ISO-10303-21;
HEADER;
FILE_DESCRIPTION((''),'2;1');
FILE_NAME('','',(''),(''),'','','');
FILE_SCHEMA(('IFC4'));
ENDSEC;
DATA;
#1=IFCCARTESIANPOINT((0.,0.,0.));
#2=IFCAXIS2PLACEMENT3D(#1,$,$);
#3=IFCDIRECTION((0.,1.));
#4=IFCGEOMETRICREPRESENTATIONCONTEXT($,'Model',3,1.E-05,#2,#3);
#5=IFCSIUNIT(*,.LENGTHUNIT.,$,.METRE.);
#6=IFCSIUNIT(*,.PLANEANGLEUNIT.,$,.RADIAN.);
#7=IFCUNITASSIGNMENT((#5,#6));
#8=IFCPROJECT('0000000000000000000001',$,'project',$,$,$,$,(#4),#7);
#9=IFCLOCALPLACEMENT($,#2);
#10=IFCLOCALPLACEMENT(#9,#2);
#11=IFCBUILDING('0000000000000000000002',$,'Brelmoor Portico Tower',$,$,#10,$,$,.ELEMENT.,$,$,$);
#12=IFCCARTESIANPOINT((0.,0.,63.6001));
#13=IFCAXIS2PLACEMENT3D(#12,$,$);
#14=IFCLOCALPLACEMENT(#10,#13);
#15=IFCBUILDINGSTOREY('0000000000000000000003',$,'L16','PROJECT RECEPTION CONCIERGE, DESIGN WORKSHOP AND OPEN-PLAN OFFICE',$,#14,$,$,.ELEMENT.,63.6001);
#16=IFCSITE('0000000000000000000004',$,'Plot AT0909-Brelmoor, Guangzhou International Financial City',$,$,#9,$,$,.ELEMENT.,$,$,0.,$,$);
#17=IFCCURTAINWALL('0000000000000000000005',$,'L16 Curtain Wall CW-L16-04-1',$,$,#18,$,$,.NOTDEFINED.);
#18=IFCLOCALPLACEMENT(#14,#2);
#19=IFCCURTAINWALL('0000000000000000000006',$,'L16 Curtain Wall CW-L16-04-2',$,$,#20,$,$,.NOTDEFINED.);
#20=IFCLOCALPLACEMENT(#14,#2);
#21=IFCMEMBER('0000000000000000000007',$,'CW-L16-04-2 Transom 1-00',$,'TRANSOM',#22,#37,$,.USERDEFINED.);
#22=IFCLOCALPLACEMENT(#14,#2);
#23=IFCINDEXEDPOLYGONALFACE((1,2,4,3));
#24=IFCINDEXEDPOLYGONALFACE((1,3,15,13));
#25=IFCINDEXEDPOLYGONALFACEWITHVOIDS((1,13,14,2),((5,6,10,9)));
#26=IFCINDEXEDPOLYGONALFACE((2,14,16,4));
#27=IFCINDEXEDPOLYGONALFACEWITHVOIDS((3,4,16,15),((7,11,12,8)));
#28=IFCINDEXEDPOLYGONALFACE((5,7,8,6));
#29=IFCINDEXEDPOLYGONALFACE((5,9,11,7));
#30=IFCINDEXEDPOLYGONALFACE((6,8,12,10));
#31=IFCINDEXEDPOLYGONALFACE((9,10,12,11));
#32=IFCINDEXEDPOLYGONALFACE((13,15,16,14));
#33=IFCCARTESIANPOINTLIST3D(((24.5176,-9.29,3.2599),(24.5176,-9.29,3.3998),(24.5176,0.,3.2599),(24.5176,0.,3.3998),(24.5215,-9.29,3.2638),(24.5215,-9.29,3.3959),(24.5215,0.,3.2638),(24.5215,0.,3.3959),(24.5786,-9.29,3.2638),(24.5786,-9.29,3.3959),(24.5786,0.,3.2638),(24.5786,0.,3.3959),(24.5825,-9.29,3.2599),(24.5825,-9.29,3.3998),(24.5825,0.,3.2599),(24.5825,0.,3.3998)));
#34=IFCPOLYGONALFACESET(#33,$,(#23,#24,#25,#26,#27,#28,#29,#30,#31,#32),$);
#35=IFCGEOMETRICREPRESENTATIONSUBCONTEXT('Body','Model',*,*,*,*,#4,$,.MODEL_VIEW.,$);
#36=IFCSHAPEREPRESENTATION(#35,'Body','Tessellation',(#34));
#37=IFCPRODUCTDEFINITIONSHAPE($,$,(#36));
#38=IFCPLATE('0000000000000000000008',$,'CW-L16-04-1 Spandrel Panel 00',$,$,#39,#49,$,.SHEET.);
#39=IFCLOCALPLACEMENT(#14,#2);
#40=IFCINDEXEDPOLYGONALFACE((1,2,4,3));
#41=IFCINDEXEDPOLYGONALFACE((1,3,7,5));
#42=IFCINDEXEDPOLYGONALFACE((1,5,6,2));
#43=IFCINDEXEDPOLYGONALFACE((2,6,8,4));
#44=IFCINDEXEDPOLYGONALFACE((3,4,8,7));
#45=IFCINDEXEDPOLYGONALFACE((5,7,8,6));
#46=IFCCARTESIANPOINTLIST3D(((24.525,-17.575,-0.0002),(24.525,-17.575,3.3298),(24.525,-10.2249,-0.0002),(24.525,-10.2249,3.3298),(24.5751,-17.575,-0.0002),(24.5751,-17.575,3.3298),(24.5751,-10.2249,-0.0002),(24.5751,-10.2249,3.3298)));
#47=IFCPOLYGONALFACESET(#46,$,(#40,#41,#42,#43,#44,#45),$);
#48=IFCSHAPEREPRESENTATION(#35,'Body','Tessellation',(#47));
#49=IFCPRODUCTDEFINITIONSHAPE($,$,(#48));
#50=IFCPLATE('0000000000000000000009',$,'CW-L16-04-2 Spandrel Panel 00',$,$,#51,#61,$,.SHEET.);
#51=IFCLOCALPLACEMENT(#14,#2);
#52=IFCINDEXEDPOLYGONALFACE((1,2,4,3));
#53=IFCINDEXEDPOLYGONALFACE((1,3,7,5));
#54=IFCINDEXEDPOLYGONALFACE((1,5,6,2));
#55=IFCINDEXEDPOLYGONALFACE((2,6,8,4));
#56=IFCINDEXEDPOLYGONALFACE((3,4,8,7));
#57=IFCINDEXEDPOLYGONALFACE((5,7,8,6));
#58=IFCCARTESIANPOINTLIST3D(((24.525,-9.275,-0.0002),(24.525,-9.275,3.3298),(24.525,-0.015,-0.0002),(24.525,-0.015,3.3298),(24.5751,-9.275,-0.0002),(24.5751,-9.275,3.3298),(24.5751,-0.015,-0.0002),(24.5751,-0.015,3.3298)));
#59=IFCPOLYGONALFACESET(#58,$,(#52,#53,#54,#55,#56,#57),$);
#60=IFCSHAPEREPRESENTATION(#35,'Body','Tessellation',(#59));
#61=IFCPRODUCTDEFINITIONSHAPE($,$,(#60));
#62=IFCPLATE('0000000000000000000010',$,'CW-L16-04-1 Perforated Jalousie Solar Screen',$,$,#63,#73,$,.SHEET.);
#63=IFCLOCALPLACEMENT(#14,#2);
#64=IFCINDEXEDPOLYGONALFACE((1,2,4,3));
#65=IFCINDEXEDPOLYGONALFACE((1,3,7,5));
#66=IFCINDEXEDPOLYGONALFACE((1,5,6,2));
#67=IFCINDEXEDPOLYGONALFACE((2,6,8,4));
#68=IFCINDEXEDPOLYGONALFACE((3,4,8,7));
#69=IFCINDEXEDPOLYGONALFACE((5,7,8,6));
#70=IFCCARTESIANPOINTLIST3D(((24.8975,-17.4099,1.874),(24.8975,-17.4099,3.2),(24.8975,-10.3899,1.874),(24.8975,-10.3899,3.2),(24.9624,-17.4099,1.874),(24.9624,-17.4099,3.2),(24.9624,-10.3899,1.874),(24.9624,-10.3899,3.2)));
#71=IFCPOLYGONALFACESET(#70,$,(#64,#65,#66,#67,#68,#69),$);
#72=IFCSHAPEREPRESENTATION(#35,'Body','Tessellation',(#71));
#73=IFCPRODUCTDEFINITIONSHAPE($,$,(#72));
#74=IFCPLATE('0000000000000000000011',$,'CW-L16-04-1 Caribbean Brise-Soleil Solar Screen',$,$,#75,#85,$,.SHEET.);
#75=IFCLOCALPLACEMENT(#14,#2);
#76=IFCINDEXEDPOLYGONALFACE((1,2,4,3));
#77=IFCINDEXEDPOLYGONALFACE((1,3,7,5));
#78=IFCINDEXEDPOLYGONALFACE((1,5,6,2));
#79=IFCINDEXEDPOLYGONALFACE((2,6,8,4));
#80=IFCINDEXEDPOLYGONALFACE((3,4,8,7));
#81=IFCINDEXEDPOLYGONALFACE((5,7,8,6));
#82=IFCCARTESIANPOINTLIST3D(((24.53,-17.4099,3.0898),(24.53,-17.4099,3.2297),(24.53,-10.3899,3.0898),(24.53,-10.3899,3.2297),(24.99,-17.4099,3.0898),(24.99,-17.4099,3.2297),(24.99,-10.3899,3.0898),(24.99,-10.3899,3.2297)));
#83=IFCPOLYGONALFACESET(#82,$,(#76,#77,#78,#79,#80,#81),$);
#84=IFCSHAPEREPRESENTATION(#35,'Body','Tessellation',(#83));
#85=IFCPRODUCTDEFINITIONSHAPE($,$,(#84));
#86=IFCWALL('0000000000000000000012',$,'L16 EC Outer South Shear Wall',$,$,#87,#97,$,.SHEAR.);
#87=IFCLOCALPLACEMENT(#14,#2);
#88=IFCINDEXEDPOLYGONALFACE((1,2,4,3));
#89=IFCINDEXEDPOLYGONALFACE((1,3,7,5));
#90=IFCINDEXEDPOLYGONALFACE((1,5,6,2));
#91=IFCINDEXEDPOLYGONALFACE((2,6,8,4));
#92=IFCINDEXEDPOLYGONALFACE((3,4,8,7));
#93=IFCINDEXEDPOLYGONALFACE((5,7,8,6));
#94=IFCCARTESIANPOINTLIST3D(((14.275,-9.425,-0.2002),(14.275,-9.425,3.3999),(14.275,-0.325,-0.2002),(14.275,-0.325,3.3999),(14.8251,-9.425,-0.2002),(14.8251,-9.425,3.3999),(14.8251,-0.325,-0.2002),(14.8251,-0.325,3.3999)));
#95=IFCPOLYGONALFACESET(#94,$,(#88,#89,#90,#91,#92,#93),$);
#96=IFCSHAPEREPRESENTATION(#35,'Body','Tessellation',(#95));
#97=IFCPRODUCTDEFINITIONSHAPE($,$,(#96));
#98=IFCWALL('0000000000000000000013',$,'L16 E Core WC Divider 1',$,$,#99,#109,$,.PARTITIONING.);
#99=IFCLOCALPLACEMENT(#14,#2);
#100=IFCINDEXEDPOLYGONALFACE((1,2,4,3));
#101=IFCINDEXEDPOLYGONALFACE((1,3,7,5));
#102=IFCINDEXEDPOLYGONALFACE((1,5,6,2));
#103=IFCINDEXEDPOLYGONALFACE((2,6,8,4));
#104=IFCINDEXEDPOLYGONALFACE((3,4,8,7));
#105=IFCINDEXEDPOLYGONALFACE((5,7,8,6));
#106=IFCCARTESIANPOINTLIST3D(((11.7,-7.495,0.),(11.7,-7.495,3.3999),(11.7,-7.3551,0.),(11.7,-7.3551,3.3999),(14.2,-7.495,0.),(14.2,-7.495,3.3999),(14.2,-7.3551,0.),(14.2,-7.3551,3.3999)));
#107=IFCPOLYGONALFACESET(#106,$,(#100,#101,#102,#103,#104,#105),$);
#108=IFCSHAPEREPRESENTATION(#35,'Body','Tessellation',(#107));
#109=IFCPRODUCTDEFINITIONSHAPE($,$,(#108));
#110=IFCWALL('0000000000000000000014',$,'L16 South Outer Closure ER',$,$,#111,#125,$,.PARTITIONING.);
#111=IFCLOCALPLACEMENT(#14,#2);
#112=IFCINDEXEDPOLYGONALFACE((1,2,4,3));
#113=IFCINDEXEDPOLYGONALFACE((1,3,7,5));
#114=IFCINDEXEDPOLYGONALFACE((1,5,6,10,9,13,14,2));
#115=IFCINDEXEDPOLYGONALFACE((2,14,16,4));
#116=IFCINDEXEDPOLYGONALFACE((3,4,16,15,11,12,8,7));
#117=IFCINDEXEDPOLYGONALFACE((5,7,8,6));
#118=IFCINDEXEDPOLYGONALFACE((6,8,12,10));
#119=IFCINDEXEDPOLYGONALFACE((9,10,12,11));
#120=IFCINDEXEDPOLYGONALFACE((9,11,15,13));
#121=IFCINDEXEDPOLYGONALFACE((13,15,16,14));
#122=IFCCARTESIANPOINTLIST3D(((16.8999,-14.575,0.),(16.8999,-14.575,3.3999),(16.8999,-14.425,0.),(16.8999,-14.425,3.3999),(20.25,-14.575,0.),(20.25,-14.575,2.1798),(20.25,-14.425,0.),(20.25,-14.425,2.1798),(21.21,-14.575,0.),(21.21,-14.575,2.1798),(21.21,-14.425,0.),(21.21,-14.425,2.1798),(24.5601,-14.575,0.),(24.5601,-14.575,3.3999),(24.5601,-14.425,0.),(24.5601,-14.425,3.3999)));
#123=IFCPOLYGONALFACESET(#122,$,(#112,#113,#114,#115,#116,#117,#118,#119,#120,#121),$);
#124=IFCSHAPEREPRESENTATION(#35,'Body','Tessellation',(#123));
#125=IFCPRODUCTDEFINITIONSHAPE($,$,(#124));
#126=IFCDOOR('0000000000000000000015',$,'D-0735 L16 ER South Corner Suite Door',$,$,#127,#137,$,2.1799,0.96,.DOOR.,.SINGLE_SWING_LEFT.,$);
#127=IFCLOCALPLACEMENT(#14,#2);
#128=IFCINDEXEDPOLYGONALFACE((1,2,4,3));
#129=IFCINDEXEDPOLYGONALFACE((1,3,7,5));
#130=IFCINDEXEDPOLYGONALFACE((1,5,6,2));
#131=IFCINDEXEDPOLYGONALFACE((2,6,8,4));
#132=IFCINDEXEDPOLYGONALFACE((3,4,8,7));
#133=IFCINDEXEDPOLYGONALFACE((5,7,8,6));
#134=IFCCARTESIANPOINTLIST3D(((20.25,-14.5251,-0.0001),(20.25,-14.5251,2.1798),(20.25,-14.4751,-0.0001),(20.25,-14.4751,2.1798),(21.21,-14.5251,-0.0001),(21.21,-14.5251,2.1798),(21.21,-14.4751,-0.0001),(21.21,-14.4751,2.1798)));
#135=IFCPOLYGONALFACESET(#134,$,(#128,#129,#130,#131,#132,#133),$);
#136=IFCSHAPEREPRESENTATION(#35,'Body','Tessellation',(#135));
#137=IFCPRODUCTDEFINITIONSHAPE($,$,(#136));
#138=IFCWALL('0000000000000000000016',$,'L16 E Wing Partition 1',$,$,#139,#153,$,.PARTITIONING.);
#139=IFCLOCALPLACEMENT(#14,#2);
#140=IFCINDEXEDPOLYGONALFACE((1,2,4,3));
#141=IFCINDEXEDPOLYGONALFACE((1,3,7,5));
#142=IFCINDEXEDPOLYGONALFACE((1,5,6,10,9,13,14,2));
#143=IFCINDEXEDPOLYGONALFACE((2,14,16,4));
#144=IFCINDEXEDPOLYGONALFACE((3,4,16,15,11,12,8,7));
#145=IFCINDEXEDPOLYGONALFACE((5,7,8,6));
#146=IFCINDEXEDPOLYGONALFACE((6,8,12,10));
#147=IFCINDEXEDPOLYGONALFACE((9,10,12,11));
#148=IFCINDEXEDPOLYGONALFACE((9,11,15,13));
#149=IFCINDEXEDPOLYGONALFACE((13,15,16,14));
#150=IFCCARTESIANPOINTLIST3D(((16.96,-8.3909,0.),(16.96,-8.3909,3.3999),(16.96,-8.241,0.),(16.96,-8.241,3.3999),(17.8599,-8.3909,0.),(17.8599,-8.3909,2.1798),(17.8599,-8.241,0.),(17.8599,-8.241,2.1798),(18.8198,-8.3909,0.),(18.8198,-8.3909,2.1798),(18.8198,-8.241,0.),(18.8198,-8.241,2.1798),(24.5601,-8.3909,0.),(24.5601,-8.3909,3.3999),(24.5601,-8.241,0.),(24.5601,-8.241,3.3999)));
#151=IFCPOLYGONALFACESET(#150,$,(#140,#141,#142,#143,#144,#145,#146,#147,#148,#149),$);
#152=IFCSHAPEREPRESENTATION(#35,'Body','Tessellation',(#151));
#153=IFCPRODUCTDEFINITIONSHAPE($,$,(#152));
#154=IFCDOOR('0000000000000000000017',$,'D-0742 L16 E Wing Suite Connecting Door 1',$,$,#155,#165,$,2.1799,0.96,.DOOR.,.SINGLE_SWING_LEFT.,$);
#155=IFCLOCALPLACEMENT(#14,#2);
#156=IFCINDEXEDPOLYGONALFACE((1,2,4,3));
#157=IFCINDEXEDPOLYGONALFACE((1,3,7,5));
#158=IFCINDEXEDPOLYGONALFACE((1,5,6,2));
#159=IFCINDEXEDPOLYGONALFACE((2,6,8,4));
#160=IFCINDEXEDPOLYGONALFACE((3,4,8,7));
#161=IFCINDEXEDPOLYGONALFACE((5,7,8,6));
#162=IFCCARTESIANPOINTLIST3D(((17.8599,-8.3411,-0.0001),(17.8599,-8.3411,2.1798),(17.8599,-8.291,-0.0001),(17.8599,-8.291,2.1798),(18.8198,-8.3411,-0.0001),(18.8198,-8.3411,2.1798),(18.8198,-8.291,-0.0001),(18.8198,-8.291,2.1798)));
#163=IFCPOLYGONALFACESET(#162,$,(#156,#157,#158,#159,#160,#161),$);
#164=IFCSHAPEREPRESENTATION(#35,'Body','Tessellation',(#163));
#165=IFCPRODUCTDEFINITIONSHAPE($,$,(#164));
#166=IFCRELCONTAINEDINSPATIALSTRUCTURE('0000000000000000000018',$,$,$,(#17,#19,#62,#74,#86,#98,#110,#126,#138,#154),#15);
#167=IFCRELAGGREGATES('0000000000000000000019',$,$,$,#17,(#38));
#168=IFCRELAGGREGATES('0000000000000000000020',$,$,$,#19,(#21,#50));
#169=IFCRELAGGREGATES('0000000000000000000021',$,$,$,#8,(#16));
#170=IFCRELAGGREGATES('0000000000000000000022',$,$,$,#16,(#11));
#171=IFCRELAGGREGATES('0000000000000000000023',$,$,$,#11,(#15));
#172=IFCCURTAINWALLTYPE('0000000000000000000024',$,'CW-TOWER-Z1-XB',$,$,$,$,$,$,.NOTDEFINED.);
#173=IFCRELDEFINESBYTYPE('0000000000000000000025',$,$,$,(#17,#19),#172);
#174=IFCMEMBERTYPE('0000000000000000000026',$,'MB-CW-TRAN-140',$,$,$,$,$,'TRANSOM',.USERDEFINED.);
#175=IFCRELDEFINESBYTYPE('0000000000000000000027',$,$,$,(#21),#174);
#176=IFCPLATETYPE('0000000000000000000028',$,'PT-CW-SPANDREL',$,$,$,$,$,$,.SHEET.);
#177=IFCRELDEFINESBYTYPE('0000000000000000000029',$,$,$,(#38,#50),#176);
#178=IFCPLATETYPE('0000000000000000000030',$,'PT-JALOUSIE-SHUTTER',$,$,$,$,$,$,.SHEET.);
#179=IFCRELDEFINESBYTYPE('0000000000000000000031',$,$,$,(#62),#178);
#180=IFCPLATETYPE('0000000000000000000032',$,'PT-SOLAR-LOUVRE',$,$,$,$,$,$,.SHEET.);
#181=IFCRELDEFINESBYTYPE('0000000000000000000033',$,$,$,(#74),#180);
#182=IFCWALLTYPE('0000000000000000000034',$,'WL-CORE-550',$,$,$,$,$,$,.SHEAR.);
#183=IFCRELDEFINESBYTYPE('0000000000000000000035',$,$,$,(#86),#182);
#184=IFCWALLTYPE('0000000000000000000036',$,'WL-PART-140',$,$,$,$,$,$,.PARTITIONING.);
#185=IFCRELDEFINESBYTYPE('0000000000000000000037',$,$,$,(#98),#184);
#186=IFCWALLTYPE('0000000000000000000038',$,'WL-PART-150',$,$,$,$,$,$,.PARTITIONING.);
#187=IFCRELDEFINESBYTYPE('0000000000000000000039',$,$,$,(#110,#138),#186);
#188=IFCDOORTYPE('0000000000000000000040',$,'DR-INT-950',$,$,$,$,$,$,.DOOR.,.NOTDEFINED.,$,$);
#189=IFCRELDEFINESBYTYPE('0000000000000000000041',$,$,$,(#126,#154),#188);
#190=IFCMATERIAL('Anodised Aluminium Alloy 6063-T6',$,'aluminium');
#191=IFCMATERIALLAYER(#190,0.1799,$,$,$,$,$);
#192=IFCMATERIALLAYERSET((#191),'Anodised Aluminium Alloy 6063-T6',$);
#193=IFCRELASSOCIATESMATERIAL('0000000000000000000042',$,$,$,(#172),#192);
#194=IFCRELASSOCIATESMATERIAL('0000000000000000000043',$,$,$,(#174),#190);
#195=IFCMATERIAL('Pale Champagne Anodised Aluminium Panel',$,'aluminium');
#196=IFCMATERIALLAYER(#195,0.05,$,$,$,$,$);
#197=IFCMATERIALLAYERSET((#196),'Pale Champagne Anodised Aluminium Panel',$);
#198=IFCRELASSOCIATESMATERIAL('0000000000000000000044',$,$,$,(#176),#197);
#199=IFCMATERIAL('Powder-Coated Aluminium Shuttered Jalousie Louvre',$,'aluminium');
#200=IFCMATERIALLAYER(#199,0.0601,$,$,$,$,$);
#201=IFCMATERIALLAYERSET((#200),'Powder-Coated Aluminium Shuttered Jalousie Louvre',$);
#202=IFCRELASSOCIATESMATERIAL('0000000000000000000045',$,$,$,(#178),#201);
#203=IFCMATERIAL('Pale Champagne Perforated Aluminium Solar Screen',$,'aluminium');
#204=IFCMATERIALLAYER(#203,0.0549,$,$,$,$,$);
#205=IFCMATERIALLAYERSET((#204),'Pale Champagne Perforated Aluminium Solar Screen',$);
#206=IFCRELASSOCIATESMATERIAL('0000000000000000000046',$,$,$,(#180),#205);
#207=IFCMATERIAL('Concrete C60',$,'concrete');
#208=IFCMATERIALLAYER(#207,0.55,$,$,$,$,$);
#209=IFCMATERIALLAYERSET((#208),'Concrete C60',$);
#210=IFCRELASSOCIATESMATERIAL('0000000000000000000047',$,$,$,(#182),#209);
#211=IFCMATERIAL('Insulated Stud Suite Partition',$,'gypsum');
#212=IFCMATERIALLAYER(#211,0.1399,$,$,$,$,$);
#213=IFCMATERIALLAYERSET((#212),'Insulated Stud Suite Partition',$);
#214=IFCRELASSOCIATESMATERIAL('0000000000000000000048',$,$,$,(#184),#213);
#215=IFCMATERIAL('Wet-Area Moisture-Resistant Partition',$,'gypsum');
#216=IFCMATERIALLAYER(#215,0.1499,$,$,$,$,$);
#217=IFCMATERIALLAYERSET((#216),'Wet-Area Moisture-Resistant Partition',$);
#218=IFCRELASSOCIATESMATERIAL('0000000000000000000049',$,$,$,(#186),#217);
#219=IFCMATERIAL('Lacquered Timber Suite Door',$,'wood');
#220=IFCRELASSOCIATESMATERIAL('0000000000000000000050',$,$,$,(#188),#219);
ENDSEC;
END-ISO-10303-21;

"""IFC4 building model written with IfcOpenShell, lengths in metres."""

from ifc_helpers import new_model, si_unit, direction, frame, frame_2d, origin, origin_2d, place, context, subcontext, project, spatial, rectangle, hollow_rectangle, extrude, material, layer, layer_set, material_profile, profile_set, type_object, element, fill, aggregate, save


model = new_model("IFC4")

# Units and contexts
model_context = context("Model", 3, precision=1e-05, world=origin(), true_north=direction((0.0, 1.0)))
body_context = subcontext(model_context, "Body", "Model", "MODEL_VIEW")
ifc_project = project(units=[si_unit("LENGTHUNIT", "METRE"), si_unit("PLANEANGLEUNIT", "RADIAN")], contexts=[model_context])

# Site, building, storey
site_placement = place(None, origin())
site = spatial("IfcSite", under=ifc_project, at=site_placement, Name="Plot AT0909-Brelmoor, Guangzhou International Financial City", CompositionType="ELEMENT", RefElevation=0.0)
building_placement = place(site_placement, origin())
building = spatial("IfcBuilding", under=site, at=building_placement, Name="Brelmoor Portico Tower", CompositionType="ELEMENT")
storey_placement = place(building_placement, frame((0.0, 0.0, 63.6001)))
storey = spatial("IfcBuildingStorey", under=building, at=storey_placement, Name="L16", Description="PROJECT RECEPTION CONCIERGE, DESIGN WORKSHOP AND OPEN-PLAN OFFICE", CompositionType="ELEMENT", Elevation=63.6001)

# Curtain wall
ifc_material_1 = material(Name="Anodised Aluminium Alloy 6063-T6", Category="aluminium")
ifc_layer_1 = layer(ifc_material_1, 0.1799)
ifc_layer_set_1 = layer_set([ifc_layer_1], Name="Anodised Aluminium Alloy 6063-T6")
curtain_wall_type = type_object("IfcCurtainWallType", Name="CW-TOWER-Z1-XB", PredefinedType="NOTDEFINED", material=ifc_layer_set_1)
curtain_wall_1_placement = place(storey_placement, origin())
curtain_wall_1 = element("IfcCurtainWall", 1, at=curtain_wall_1_placement, inside=storey, type_object=curtain_wall_type, Name="L16 Curtain Wall CW-L16-04-1", PredefinedType="NOTDEFINED")

# Curtain wall, member
curtain_wall_2_placement = place(storey_placement, origin())
curtain_wall_2 = element("IfcCurtainWall", 2, at=curtain_wall_2_placement, inside=storey, type_object=curtain_wall_type, Name="L16 Curtain Wall CW-L16-04-2", PredefinedType="NOTDEFINED")
ifc_material_profile_1 = material_profile(ifc_material_1, hollow_rectangle(XDim=0.0649, YDim=0.1399, WallThickness=0.0039, at=origin_2d()), Name="ALU TRANSOM 65x140")
ifc_profile_set_1 = profile_set([ifc_material_profile_1], Name="Anodised Aluminium Alloy 6063-T6")
member_type_1 = type_object("IfcMemberType", Name="MB-CW-TRAN-140", ElementType="TRANSOM", PredefinedType="USERDEFINED", material=ifc_profile_set_1)
member_1_placement = place(storey_placement, frame((24.55, -9.29, 3.3298), z_axis=(0.0, 1.0, 0.0), x_axis=(-1.0, 0.0, 0.0)))
member_1 = element("IfcMember", 3, at=member_1_placement, type_object=member_type_1, Name="CW-L16-04-2 Transom 1-00", ObjectType="TRANSOM", PredefinedType="USERDEFINED", context=body_context, shape_type="SweptSolid", body=[
    extrude(hollow_rectangle(XDim=0.0649, YDim=0.1399, WallThickness=0.0039, at=origin_2d()), origin(), (0.0, 0.0, 1.0), 9.29),
])

# Plates
ifc_material_2 = material(Name="Pale Champagne Anodised Aluminium Panel", Category="aluminium")
ifc_layer_2 = layer(ifc_material_2, 0.05)
ifc_layer_set_2 = layer_set([ifc_layer_2], Name="Pale Champagne Anodised Aluminium Panel")
plate_type_1 = type_object("IfcPlateType", Name="PT-CW-SPANDREL", PredefinedType="SHEET", material=ifc_layer_set_2)
plate_1_placement = place(storey_placement, frame((24.55, -13.8999, -0.0002), z_axis=(0.0, 0.0, 1.0), x_axis=(0.0, 1.0, 0.0)))
plate_1 = element("IfcPlate", 4, at=plate_1_placement, type_object=plate_type_1, Name="CW-L16-04-1 Spandrel Panel 00", PredefinedType="SHEET", context=body_context, shape_type="SweptSolid", body=[
    extrude(rectangle(XDim=7.3501, YDim=0.05, at=origin_2d()), origin(), (0.0, 0.0, 1.0), 3.3301),
])
aggregate(curtain_wall_1, [plate_1])
plate_2_placement = place(storey_placement, frame((24.55, -4.645, -0.0002), z_axis=(0.0, 0.0, 1.0), x_axis=(0.0, 1.0, 0.0)))
plate_2 = element("IfcPlate", 5, at=plate_2_placement, type_object=plate_type_1, Name="CW-L16-04-2 Spandrel Panel 00", PredefinedType="SHEET", context=body_context, shape_type="SweptSolid", body=[
    extrude(rectangle(XDim=9.26, YDim=0.05, at=origin_2d()), origin(), (0.0, 0.0, 1.0), 3.3301),
])
aggregate(curtain_wall_2, [member_1, plate_2])

# Plates
ifc_material_3 = material(Name="Powder-Coated Aluminium Shuttered Jalousie Louvre", Category="aluminium")
ifc_layer_3 = layer(ifc_material_3, 0.0601)
ifc_layer_set_3 = layer_set([ifc_layer_3], Name="Powder-Coated Aluminium Shuttered Jalousie Louvre")
plate_type_2 = type_object("IfcPlateType", Name="PT-JALOUSIE-SHUTTER", PredefinedType="SHEET", material=ifc_layer_set_3)
plate_3_placement = place(storey_placement, frame((24.9299, -13.8999, 1.874), z_axis=(0.0, 0.0, 1.0), x_axis=(0.0, 1.0, 0.0)))
element("IfcPlate", 6, at=plate_3_placement, inside=storey, type_object=plate_type_2, Name="CW-L16-04-1 Perforated Jalousie Solar Screen", PredefinedType="SHEET", context=body_context, shape_type="SweptSolid", body=[
    extrude(rectangle(XDim=7.02, YDim=0.0649, at=origin_2d()), origin(), (0.0, 0.0, 1.0), 1.3259),
])
ifc_material_4 = material(Name="Pale Champagne Perforated Aluminium Solar Screen", Category="aluminium")
ifc_layer_4 = layer(ifc_material_4, 0.0549)
ifc_layer_set_4 = layer_set([ifc_layer_4], Name="Pale Champagne Perforated Aluminium Solar Screen")
plate_type_3 = type_object("IfcPlateType", Name="PT-SOLAR-LOUVRE", PredefinedType="SHEET", material=ifc_layer_set_4)
plate_4_placement = place(storey_placement, frame((24.76, -13.8999, 3.0898), z_axis=(0.0, 0.0, 1.0), x_axis=(0.0, 1.0, 0.0)))
element("IfcPlate", 7, at=plate_4_placement, inside=storey, type_object=plate_type_3, Name="CW-L16-04-1 Caribbean Brise-Soleil Solar Screen", PredefinedType="SHEET", context=body_context, shape_type="SweptSolid", body=[
    extrude(rectangle(XDim=7.02, YDim=0.46, at=origin_2d()), origin(), (0.0, 0.0, 1.0), 0.1399),
])

# Walls
ifc_material_5 = material(Name="Concrete C60", Category="concrete")
ifc_layer_5 = layer(ifc_material_5, 0.55)
ifc_layer_set_5 = layer_set([ifc_layer_5], Name="Concrete C60")
wall_type_1 = type_object("IfcWallType", Name="WL-CORE-550", PredefinedType="SHEAR", material=ifc_layer_set_5)
wall_1_placement = place(storey_placement, frame((14.55, -9.425, -0.2002), z_axis=(0.0, 0.0, 1.0), x_axis=(0.0, 1.0, 0.0)))
element("IfcWall", 8, at=wall_1_placement, inside=storey, type_object=wall_type_1, Name="L16 EC Outer South Shear Wall", PredefinedType="SHEAR", context=body_context, shape_type="SweptSolid", body=[
    extrude(rectangle(XDim=9.1001, YDim=0.55, at=frame_2d((4.55, 0.0))), origin(), (0.0, 0.0, 1.0), 3.6001),
])
ifc_material_6 = material(Name="Insulated Stud Suite Partition", Category="gypsum")
ifc_layer_6 = layer(ifc_material_6, 0.1399)
ifc_layer_set_6 = layer_set([ifc_layer_6], Name="Insulated Stud Suite Partition")
wall_type_2 = type_object("IfcWallType", Name="WL-PART-140", PredefinedType="PARTITIONING", material=ifc_layer_set_6)
wall_2_placement = place(storey_placement, frame((11.7, -7.425, 0.0), z_axis=(0.0, 0.0, 1.0), x_axis=(1.0, 0.0, 0.0)))
element("IfcWall", 9, at=wall_2_placement, inside=storey, type_object=wall_type_2, Name="L16 E Core WC Divider 1", PredefinedType="PARTITIONING", context=body_context, shape_type="SweptSolid", body=[
    extrude(rectangle(XDim=2.5, YDim=0.1399, at=frame_2d((1.25, 0.0))), origin(), (0.0, 0.0, 1.0), 3.3999),
])

# Walls, openings, doors
ifc_material_7 = material(Name="Wet-Area Moisture-Resistant Partition", Category="gypsum")
ifc_layer_7 = layer(ifc_material_7, 0.1499)
ifc_layer_set_7 = layer_set([ifc_layer_7], Name="Wet-Area Moisture-Resistant Partition")
wall_type_3 = type_object("IfcWallType", Name="WL-PART-150", PredefinedType="PARTITIONING", material=ifc_layer_set_7)
wall_3_placement = place(storey_placement, frame((16.8999, -14.5, 0.0), z_axis=(0.0, 0.0, 1.0), x_axis=(1.0, 0.0, 0.0)))
wall_3 = element("IfcWall", 10, at=wall_3_placement, inside=storey, type_object=wall_type_3, Name="L16 South Outer Closure ER", PredefinedType="PARTITIONING", context=body_context, shape_type="SweptSolid", body=[
    extrude(rectangle(XDim=7.6602, YDim=0.1499, at=frame_2d((3.8301, 0.0))), origin(), (0.0, 0.0, 1.0), 3.3999),
])
opening_1_placement = place(wall_3_placement, frame((3.3501, 0.0, 0.0)))
opening_1 = element("IfcOpeningElement", 11, at=opening_1_placement, cuts=wall_3, PredefinedType="OPENING", context=body_context, shape_type="SweptSolid", body=[
    extrude(rectangle(XDim=0.96, YDim=2.1799, at=frame_2d((0.48, 1.0898))), frame((0.0, 0.085, 0.0), z_axis=(0.0, -1.0, 0.0), x_axis=(1.0, 0.0, 0.0)), (0.0, 0.0, 1.0), 0.1699),
])
ifc_material_8 = material(Name="Lacquered Timber Suite Door", Category="wood")
door_type_1 = type_object("IfcDoorType", Name="DR-INT-950", OperationType="NOTDEFINED", PredefinedType="DOOR", material=ifc_material_8)
door_1_placement = place(opening_1_placement, origin())
door_1 = element("IfcDoor", 12, at=door_1_placement, inside=storey, type_object=door_type_1, Name="D-0735 L16 ER South Corner Suite Door", OperationType="SINGLE_SWING_LEFT", OverallHeight=2.1799, OverallWidth=0.96, PredefinedType="DOOR", context=body_context, shape_type="SweptSolid", body=[
    extrude(rectangle(XDim=0.96, YDim=2.1799, at=frame_2d((0.48, 1.0898))), frame((0.0, 0.0249, 0.0), z_axis=(0.0, -1.0, 0.0), x_axis=(1.0, 0.0, 0.0)), (0.0, 0.0, 1.0), 0.05),
])
fill(opening_1, door_1)
wall_4_placement = place(storey_placement, frame((16.96, -8.3159, 0.0), z_axis=(0.0, 0.0, 1.0), x_axis=(1.0, 0.0, 0.0)))
wall_4 = element("IfcWall", 13, at=wall_4_placement, inside=storey, type_object=wall_type_3, Name="L16 E Wing Partition 1", PredefinedType="PARTITIONING", context=body_context, shape_type="SweptSolid", body=[
    extrude(rectangle(XDim=7.6001, YDim=0.1499, at=frame_2d((3.8, 0.0))), origin(), (0.0, 0.0, 1.0), 3.3999),
])
opening_2_placement = place(wall_4_placement, frame((0.8999, 0.0, 0.0)))
opening_2 = element("IfcOpeningElement", 14, at=opening_2_placement, cuts=wall_4, PredefinedType="OPENING", context=body_context, shape_type="SweptSolid", body=[
    extrude(rectangle(XDim=0.96, YDim=2.1799, at=frame_2d((0.48, 1.0898))), frame((0.0, 0.085, 0.0), z_axis=(0.0, -1.0, 0.0), x_axis=(1.0, 0.0, 0.0)), (0.0, 0.0, 1.0), 0.1699),
])
door_2_placement = place(opening_2_placement, origin())
door_2 = element("IfcDoor", 15, at=door_2_placement, inside=storey, type_object=door_type_1, Name="D-0742 L16 E Wing Suite Connecting Door 1", OperationType="SINGLE_SWING_LEFT", OverallHeight=2.1799, OverallWidth=0.96, PredefinedType="DOOR", context=body_context, shape_type="SweptSolid", body=[
    extrude(rectangle(XDim=0.96, YDim=2.1799, at=frame_2d((0.48, 1.0898))), frame((0.0, 0.0249, 0.0), z_axis=(0.0, -1.0, 0.0), x_axis=(1.0, 0.0, 0.0)), (0.0, 0.0, 1.0), 0.05),
])
fill(opening_2, door_2)

save(model, "model.ifc")
